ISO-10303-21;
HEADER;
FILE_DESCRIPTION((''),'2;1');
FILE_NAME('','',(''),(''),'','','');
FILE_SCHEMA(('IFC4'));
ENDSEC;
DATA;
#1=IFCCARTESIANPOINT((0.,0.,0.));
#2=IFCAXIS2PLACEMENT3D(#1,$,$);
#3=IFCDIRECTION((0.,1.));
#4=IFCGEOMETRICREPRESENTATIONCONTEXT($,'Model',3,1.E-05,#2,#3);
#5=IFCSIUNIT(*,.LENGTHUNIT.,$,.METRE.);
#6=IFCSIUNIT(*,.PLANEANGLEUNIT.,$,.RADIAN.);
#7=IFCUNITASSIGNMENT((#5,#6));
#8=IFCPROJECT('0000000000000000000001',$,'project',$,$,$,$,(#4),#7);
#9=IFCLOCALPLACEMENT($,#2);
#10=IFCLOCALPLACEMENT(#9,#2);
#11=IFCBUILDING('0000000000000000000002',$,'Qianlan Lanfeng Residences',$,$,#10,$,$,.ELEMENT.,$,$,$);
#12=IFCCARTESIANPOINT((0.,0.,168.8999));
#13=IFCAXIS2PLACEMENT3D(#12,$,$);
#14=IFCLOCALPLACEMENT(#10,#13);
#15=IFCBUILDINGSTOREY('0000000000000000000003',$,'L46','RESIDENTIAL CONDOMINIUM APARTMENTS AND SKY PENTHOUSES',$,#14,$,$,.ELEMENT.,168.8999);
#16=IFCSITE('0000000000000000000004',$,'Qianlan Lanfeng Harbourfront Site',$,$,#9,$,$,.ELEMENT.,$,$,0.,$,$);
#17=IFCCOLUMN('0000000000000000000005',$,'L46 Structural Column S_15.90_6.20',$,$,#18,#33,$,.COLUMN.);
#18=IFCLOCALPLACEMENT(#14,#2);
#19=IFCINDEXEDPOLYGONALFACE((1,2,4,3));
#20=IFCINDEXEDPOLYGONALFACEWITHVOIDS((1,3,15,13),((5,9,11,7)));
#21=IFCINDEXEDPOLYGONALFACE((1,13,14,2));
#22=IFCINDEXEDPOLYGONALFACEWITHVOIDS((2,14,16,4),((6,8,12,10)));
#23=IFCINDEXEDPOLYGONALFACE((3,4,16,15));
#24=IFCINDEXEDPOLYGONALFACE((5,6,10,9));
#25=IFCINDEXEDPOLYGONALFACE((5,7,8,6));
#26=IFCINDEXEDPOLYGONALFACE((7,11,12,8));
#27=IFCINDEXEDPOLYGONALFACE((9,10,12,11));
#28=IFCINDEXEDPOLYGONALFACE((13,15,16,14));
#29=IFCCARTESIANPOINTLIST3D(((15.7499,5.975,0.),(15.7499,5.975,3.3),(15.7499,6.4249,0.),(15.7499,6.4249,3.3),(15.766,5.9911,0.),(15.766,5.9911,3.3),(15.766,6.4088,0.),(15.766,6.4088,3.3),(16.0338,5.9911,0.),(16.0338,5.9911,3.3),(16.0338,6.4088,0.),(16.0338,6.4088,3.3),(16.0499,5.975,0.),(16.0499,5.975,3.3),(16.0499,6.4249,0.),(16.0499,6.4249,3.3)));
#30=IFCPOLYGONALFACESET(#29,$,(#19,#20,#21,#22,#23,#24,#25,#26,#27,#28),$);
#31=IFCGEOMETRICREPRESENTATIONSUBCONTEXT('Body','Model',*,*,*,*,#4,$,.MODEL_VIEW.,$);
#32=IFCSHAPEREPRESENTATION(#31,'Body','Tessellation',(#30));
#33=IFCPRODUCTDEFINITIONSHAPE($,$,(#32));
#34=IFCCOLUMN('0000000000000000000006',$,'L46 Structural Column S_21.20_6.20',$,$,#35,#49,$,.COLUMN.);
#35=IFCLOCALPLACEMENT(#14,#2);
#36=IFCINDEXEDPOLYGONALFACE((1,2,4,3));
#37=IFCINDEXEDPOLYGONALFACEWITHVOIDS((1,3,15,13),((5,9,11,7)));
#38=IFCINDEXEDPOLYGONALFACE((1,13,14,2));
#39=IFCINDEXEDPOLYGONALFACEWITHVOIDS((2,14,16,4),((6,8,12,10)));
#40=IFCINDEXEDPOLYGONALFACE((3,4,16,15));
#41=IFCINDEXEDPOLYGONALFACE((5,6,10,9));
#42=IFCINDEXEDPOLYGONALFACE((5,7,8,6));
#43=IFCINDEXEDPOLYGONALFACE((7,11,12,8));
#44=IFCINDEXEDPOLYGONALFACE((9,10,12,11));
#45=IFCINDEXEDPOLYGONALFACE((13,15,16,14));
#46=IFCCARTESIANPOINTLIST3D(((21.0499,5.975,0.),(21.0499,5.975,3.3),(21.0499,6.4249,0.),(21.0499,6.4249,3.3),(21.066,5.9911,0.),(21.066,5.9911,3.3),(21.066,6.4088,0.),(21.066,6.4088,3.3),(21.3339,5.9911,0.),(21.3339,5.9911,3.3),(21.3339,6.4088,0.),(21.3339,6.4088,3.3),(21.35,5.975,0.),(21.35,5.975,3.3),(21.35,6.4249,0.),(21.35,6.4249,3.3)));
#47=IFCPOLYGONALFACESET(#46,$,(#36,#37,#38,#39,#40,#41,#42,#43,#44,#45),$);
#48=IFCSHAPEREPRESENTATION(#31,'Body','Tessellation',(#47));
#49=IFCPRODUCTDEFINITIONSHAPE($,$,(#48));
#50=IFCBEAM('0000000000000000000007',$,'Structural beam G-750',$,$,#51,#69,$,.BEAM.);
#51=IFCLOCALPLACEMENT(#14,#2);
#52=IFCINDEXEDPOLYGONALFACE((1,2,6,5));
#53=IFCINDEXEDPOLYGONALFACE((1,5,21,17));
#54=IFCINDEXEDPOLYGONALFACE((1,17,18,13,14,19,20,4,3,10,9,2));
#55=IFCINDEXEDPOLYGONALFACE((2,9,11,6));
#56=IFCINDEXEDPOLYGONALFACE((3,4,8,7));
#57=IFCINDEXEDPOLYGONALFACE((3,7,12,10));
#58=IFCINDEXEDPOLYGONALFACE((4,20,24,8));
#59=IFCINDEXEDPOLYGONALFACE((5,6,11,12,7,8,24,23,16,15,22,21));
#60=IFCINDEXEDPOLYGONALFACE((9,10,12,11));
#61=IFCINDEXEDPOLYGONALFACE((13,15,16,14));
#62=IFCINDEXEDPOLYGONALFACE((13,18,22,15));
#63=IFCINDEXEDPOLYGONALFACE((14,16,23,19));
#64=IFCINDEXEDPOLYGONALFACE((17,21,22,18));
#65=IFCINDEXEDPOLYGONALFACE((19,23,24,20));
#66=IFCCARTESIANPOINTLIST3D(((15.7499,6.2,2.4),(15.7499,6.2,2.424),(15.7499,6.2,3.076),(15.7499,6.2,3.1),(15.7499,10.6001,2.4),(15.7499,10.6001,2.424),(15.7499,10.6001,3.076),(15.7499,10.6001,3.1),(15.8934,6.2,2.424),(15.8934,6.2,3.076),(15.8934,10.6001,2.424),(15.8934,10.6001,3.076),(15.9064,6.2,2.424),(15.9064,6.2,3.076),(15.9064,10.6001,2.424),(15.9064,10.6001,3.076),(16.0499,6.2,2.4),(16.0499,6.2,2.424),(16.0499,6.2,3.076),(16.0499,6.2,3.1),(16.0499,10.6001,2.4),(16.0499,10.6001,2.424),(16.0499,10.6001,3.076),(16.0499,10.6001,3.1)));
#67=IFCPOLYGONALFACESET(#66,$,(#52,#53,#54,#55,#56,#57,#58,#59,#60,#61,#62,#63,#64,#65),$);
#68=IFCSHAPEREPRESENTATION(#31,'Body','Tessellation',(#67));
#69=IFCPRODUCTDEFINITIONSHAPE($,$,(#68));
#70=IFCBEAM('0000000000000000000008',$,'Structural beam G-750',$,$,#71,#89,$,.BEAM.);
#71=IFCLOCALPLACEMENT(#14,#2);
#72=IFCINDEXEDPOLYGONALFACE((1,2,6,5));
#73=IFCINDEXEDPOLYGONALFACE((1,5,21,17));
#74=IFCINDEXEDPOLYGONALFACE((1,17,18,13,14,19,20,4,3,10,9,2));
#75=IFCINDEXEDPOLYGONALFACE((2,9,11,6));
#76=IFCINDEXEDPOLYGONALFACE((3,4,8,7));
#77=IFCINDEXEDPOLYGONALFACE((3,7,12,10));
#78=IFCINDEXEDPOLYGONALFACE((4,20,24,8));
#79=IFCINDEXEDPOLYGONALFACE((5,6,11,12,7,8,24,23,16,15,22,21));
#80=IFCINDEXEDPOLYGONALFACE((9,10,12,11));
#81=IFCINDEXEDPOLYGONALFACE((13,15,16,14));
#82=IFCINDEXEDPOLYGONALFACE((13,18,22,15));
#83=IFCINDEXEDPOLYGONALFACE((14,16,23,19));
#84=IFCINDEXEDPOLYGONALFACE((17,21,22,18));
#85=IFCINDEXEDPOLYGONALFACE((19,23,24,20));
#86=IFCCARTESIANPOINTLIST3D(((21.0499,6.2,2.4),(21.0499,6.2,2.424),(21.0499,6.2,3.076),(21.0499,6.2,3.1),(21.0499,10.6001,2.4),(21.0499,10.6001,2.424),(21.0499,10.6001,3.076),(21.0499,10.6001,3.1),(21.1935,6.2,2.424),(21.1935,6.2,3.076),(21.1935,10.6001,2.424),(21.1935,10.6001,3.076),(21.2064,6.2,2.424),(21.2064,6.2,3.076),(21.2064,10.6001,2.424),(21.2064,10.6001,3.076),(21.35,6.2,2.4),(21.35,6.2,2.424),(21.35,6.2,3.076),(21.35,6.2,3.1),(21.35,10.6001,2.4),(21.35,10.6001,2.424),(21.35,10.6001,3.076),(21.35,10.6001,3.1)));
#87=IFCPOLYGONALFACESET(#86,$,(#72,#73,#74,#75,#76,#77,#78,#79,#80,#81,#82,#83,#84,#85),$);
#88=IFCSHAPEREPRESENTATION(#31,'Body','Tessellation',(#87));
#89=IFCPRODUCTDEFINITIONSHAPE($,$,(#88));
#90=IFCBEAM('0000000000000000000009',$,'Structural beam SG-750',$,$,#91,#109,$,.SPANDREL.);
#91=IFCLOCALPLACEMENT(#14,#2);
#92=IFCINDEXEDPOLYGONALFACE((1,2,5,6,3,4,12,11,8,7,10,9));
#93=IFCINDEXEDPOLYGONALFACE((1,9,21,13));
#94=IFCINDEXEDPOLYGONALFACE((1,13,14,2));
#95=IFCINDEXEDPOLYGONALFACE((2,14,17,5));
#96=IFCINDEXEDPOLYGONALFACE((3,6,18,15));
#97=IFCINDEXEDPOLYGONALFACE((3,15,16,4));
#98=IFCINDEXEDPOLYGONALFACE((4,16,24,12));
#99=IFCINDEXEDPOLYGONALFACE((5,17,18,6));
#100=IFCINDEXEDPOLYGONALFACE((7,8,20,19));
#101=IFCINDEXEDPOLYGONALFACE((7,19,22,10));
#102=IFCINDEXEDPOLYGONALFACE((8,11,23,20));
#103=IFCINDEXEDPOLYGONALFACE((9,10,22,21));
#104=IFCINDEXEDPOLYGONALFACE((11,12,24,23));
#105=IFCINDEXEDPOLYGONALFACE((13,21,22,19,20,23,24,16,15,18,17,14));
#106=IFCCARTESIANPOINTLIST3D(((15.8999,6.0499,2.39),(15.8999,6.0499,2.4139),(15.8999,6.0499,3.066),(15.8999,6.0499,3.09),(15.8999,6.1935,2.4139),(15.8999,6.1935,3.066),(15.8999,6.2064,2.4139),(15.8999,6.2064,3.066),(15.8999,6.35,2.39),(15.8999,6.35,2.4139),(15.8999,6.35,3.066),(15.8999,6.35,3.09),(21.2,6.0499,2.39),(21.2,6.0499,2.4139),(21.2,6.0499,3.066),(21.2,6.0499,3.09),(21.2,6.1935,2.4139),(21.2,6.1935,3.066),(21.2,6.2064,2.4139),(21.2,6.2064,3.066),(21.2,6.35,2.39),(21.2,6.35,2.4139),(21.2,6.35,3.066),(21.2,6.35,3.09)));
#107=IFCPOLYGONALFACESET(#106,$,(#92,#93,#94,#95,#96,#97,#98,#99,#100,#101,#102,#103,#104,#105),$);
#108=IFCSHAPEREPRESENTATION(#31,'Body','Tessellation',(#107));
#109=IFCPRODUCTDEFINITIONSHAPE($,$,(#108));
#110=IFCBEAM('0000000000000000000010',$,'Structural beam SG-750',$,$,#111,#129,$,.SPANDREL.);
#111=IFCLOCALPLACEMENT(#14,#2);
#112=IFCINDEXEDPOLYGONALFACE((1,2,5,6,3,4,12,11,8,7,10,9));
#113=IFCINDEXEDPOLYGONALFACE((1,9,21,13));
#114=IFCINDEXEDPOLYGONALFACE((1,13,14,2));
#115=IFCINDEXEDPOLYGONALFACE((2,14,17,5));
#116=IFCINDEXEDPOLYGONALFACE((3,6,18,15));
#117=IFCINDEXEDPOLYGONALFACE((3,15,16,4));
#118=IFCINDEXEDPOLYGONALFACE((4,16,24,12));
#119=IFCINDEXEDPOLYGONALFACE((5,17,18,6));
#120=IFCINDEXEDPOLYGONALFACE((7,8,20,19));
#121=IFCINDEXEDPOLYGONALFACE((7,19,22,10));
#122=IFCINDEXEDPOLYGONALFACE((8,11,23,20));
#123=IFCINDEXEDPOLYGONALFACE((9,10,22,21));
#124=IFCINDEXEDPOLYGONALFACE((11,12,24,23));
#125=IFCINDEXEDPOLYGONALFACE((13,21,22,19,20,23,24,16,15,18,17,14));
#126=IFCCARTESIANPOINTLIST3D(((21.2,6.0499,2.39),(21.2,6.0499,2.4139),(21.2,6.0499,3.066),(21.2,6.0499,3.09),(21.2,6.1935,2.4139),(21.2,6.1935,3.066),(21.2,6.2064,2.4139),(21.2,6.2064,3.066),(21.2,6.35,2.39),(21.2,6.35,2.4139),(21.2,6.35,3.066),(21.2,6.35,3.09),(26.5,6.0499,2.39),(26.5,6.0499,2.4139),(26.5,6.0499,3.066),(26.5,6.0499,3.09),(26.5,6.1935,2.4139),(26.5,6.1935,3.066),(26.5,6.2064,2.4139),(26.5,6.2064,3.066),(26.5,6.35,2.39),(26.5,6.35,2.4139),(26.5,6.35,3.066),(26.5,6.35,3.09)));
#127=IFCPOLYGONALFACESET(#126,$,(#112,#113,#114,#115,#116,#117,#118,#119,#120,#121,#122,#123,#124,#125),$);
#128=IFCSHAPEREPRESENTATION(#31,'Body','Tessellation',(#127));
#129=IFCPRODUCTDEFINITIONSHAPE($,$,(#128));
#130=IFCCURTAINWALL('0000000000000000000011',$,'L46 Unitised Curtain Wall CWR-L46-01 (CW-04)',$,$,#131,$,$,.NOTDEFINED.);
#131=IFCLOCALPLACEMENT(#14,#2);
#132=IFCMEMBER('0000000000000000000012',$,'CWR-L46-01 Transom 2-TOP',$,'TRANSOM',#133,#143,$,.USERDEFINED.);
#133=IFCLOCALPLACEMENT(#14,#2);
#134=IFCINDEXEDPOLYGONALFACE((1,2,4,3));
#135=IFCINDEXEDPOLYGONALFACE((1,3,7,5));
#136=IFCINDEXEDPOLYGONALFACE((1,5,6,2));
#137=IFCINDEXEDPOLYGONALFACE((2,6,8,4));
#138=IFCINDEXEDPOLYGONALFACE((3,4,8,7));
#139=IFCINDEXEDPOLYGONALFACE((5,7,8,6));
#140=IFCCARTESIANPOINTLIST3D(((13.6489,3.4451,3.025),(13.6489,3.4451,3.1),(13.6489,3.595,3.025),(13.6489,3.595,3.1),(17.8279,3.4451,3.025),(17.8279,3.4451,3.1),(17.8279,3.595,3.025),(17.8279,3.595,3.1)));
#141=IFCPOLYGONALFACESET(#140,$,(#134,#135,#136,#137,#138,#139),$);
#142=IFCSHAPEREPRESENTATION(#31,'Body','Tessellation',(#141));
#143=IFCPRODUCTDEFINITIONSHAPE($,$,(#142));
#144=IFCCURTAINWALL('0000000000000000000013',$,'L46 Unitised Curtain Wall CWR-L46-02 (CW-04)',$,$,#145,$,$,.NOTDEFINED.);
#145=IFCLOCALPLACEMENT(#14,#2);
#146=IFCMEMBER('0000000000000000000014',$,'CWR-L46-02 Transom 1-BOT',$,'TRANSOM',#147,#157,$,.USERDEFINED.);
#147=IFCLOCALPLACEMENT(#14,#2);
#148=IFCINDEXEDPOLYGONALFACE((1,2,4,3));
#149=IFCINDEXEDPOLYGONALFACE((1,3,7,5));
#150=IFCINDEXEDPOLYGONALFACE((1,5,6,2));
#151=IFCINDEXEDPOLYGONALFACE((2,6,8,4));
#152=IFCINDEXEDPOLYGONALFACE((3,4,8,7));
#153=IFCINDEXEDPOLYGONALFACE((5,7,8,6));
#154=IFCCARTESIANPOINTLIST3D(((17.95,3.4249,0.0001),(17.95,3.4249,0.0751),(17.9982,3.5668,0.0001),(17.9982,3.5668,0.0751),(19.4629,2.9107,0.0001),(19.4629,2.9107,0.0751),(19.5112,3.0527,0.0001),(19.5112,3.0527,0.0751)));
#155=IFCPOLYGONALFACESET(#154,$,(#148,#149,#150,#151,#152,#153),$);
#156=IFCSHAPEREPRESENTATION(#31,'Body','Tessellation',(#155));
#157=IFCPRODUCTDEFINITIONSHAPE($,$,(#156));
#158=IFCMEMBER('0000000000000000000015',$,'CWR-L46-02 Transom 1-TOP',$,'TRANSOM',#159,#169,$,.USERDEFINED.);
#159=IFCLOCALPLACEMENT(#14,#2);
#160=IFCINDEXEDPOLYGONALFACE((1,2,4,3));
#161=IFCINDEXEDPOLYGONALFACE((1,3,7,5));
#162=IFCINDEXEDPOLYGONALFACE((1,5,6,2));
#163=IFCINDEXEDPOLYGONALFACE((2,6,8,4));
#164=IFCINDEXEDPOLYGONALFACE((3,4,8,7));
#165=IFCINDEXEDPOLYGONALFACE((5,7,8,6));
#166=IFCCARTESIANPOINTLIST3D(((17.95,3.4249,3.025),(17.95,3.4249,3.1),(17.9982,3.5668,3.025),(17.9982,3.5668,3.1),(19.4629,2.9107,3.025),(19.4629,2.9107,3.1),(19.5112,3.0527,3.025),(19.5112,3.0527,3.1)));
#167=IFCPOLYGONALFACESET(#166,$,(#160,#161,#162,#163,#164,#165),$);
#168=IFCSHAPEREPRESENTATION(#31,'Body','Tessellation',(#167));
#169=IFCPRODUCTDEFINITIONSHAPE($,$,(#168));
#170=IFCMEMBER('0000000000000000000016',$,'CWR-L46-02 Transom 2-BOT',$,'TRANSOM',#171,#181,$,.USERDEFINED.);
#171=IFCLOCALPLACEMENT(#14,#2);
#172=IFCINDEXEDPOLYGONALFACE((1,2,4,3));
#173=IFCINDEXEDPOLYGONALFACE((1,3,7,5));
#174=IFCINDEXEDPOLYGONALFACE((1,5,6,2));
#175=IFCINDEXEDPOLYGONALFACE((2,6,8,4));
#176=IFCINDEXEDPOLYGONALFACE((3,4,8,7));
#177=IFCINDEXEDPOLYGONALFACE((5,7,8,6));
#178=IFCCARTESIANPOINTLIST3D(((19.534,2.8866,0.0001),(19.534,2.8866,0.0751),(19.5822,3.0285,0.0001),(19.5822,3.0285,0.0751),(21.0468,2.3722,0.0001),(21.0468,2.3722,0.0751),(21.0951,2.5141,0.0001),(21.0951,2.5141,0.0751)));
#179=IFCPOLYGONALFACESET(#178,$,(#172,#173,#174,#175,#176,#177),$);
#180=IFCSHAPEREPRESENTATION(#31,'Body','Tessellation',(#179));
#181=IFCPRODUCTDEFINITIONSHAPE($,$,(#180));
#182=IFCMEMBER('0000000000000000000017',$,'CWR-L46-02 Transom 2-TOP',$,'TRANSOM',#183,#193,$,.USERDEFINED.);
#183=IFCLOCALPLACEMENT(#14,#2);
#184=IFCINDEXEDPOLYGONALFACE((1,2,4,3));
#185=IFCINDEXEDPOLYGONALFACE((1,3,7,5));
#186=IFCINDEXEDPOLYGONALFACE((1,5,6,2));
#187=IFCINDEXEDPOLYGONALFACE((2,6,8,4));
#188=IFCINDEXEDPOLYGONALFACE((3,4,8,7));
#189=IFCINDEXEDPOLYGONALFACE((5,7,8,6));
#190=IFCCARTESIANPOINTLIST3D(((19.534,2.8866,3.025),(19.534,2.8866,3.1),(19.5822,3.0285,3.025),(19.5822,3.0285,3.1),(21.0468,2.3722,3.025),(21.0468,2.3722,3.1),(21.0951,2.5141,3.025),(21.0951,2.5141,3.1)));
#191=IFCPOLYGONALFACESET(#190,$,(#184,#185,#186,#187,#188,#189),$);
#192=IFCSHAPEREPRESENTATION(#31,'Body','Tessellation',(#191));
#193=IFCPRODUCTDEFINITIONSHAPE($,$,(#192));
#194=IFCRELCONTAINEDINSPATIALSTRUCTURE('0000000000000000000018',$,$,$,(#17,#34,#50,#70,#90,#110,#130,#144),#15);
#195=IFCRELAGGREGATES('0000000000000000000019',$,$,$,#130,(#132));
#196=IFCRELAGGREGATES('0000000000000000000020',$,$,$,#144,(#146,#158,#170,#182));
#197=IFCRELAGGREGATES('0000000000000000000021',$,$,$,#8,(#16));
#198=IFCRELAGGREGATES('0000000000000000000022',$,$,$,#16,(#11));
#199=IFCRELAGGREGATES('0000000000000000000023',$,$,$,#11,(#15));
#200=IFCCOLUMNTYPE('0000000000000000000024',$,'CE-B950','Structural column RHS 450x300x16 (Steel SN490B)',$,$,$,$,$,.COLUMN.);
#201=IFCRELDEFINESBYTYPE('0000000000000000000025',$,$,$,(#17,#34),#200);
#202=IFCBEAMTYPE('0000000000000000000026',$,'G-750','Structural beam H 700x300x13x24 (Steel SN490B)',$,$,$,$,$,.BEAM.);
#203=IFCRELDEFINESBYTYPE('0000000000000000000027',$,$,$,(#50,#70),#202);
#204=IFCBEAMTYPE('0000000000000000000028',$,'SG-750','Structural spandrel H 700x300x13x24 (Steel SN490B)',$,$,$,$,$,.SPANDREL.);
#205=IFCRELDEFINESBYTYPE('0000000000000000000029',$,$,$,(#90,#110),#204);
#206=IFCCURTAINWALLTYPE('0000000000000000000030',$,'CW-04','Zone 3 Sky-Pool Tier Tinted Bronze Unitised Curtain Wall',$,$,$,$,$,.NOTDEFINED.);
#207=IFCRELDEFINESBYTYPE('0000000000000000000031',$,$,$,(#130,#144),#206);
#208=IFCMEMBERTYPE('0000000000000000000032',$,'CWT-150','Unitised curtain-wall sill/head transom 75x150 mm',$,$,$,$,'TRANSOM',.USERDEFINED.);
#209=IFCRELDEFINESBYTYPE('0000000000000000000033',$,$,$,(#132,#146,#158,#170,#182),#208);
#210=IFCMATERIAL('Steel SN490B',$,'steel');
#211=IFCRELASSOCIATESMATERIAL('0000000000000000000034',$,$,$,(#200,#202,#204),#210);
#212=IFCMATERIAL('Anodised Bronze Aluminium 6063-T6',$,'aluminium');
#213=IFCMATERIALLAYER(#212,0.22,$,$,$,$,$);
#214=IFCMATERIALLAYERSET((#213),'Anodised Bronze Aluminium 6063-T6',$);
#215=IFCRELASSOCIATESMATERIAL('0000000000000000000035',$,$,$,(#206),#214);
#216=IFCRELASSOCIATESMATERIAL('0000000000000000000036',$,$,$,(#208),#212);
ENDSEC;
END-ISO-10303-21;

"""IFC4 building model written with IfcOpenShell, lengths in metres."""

from ifc_helpers import new_model, si_unit, direction, frame, origin, origin_2d, place, context, subcontext, project, spatial, rectangle, hollow_rectangle, i_section, extrude, source, transform, mapped, material, layer, layer_set, material_profile, profile_set, type_object, element, aggregate, save


model = new_model("IFC4")

# Units and contexts
model_context = context("Model", 3, precision=1e-05, world=origin(), true_north=direction((0.0, 1.0)))
body_context = subcontext(model_context, "Body", "Model", "MODEL_VIEW")
ifc_project = project(units=[si_unit("LENGTHUNIT", "METRE"), si_unit("PLANEANGLEUNIT", "RADIAN")], contexts=[model_context])

# Site, building, storey
site_placement = place(None, origin())
site = spatial("IfcSite", under=ifc_project, at=site_placement, Name="Qianlan Lanfeng Harbourfront Site", CompositionType="ELEMENT", RefElevation=0.0)
building_placement = place(site_placement, origin())
building = spatial("IfcBuilding", under=site, at=building_placement, Name="Qianlan Lanfeng Residences", CompositionType="ELEMENT")
storey_placement = place(building_placement, frame((0.0, 0.0, 168.8999)))
storey = spatial("IfcBuildingStorey", under=building, at=storey_placement, Name="L46", Description="RESIDENTIAL CONDOMINIUM APARTMENTS AND SKY PENTHOUSES", CompositionType="ELEMENT", Elevation=168.8999)

# Columns
ifc_material_1 = material(Name="Steel SN490B", Category="steel")
ifc_material_profile_1 = material_profile(ifc_material_1, hollow_rectangle(XDim=0.3, YDim=0.45, WallThickness=0.0161, at=origin_2d()), Name="RHS 450x300x16")
ifc_profile_set_1 = profile_set([ifc_material_profile_1], Name="Steel SN490B")
column_type = type_object("IfcColumnType", Name="CE-B950", Description="Structural column RHS 450x300x16 (Steel SN490B)", PredefinedType="COLUMN", material=ifc_profile_set_1)
for number, where, z_axis, x_axis, name in (
    (1, (15.8999, 6.2, 0.0), (0.0, 0.0, 1.0), (1.0, 0.0, 0.0), "L46 Structural Column S_15.90_6.20"),
    (2, (21.2, 6.2, 0.0), (0.0, 0.0, 1.0), (1.0, 0.0, 0.0), "L46 Structural Column S_21.20_6.20"),
):
    element("IfcColumn", number, at=place(storey_placement, frame(where, z_axis=z_axis, x_axis=x_axis)), inside=storey, type_object=column_type, Name=name, PredefinedType="COLUMN", context=body_context, shape_type="SweptSolid", body=[
        extrude(hollow_rectangle(XDim=0.3, YDim=0.45, WallThickness=0.0161, at=origin_2d()), origin(), (0.0, 0.0, 1.0), 3.3),
    ])

# Beams
ifc_material_profile_2 = material_profile(ifc_material_1, i_section(OverallWidth=0.3, OverallDepth=0.7, WebThickness=0.0129, FlangeThickness=0.0239, at=origin_2d()), Name="H 700x300x13x24")
ifc_profile_set_2 = profile_set([ifc_material_profile_2], Name="Steel SN490B")
beam_type_1 = type_object("IfcBeamType", Name="G-750", Description="Structural beam H 700x300x13x24 (Steel SN490B)", PredefinedType="BEAM", material=ifc_profile_set_2)
for number, where, z_axis, x_axis, name in (
    (3, (15.8999, 6.2, 2.75), (0.0, 1.0, 0.0), (-1.0, 0.0, 0.0), "Structural beam G-750"),
    (4, (21.2, 6.2, 2.75), (0.0, 1.0, 0.0), (-1.0, 0.0, 0.0), "Structural beam G-750"),
):
    element("IfcBeam", number, at=place(storey_placement, frame(where, z_axis=z_axis, x_axis=x_axis)), inside=storey, type_object=beam_type_1, Name=name, PredefinedType="BEAM", context=body_context, shape_type="SweptSolid", body=[
        extrude(i_section(OverallWidth=0.3, OverallDepth=0.7, WebThickness=0.0129, FlangeThickness=0.0239, at=origin_2d()), origin(), (0.0, 0.0, 1.0), 4.4001),
    ])
ifc_material_profile_3 = material_profile(ifc_material_1, i_section(OverallWidth=0.3, OverallDepth=0.7, WebThickness=0.0129, FlangeThickness=0.0239, at=origin_2d()), Name="H 700x300x13x24")
ifc_profile_set_3 = profile_set([ifc_material_profile_3], Name="Steel SN490B")
beam_type_2 = type_object("IfcBeamType", Name="SG-750", Description="Structural spandrel H 700x300x13x24 (Steel SN490B)", PredefinedType="SPANDREL", material=ifc_profile_set_3)
for number, where, z_axis, x_axis, name in (
    (5, (15.8999, 6.2, 2.74), (1.0, 0.0, 0.0), (0.0, 1.0, 0.0), "Structural beam SG-750"),
    (6, (21.2, 6.2, 2.74), (1.0, 0.0, 0.0), (0.0, 1.0, 0.0), "Structural beam SG-750"),
):
    element("IfcBeam", number, at=place(storey_placement, frame(where, z_axis=z_axis, x_axis=x_axis)), inside=storey, type_object=beam_type_2, Name=name, PredefinedType="SPANDREL", context=body_context, shape_type="SweptSolid", body=[
        extrude(i_section(OverallWidth=0.3, OverallDepth=0.7, WebThickness=0.0129, FlangeThickness=0.0239, at=origin_2d()), origin(), (0.0, 0.0, 1.0), 5.3),
    ])

# Curtain wall, member
ifc_material_2 = material(Name="Anodised Bronze Aluminium 6063-T6", Category="aluminium")
ifc_layer_1 = layer(ifc_material_2, 0.22)
ifc_layer_set_1 = layer_set([ifc_layer_1], Name="Anodised Bronze Aluminium 6063-T6")
curtain_wall_type = type_object("IfcCurtainWallType", Name="CW-04", Description="Zone 3 Sky-Pool Tier Tinted Bronze Unitised Curtain Wall", PredefinedType="NOTDEFINED", material=ifc_layer_set_1)
curtain_wall_1_placement = place(storey_placement, origin())
curtain_wall_1 = element("IfcCurtainWall", 7, at=curtain_wall_1_placement, inside=storey, type_object=curtain_wall_type, Name="L46 Unitised Curtain Wall CWR-L46-01 (CW-04)", PredefinedType="NOTDEFINED")
ifc_material_profile_4 = material_profile(ifc_material_2, rectangle(XDim=0.075, YDim=0.1499, at=origin_2d()), Name="ALU TRANSOM 75x150")
ifc_profile_set_4 = profile_set([ifc_material_profile_4], Name="Anodised Bronze Aluminium 6063-T6")
member_type_1 = type_object("IfcMemberType", Name="CWT-150", Description="Unitised curtain-wall sill/head transom 75x150 mm", ElementType="TRANSOM", PredefinedType="USERDEFINED", material=ifc_profile_set_4)
shared_shape_1 = source(origin(), body_context, "Body", "SweptSolid", [
    extrude(rectangle(XDim=0.075, YDim=0.1499, at=origin_2d()), origin(), (0.0, 0.0, 1.0), 4.179),
])
member_1_placement = place(storey_placement, frame((13.6489, 3.52, 3.0625), z_axis=(1.0, 0.0, 0.0), x_axis=(0.0, 0.0, 1.0)))
member_1 = element("IfcMember", 8, at=member_1_placement, type_object=member_type_1, Name="CWR-L46-01 Transom 2-TOP", ObjectType="TRANSOM", PredefinedType="USERDEFINED", context=body_context, shape_type="MappedRepresentation", body=[
    mapped(shared_shape_1, transform((0.0, 0.0, 0.0), scale=1.0)),
])

# Curtain wall, members
curtain_wall_2_placement = place(storey_placement, origin())
curtain_wall_2 = element("IfcCurtainWall", 9, at=curtain_wall_2_placement, inside=storey, type_object=curtain_wall_type, Name="L46 Unitised Curtain Wall CWR-L46-02 (CW-04)", PredefinedType="NOTDEFINED")
shared_shape_2 = source(origin(), body_context, "Body", "SweptSolid", [
    extrude(rectangle(XDim=0.075, YDim=0.1499, at=origin_2d()), origin(), (0.0, 0.0, 1.0), 1.5979),
])
member_2_placement = place(storey_placement, frame((17.9741, 3.4958, 0.0376), z_axis=(0.946818, -0.321769, 0.0), x_axis=(0.0, 0.0, 1.0)))
member_2 = element("IfcMember", 10, at=member_2_placement, type_object=member_type_1, Name="CWR-L46-02 Transom 1-BOT", ObjectType="TRANSOM", PredefinedType="USERDEFINED", context=body_context, shape_type="MappedRepresentation", body=[
    mapped(shared_shape_2, transform((0.0, 0.0, 0.0), scale=1.0)),
])
member_3_placement = place(storey_placement, frame((17.9741, 3.4958, 3.0625), z_axis=(0.946818, -0.321769, 0.0), x_axis=(0.0, 0.0, 1.0)))
member_3 = element("IfcMember", 11, at=member_3_placement, type_object=member_type_1, Name="CWR-L46-02 Transom 1-TOP", ObjectType="TRANSOM", PredefinedType="USERDEFINED", context=body_context, shape_type="MappedRepresentation", body=[
    mapped(shared_shape_2, transform((0.0, 0.0, 0.0), scale=1.0)),
])
member_4_placement = place(storey_placement, frame((19.5581, 2.9575, 0.0376), z_axis=(0.946772, -0.321905, 0.0), x_axis=(0.0, 0.0, 1.0)))
member_4 = element("IfcMember", 12, at=member_4_placement, type_object=member_type_1, Name="CWR-L46-02 Transom 2-BOT", ObjectType="TRANSOM", PredefinedType="USERDEFINED", context=body_context, shape_type="MappedRepresentation", body=[
    mapped(shared_shape_2, transform((0.0, 0.0, 0.0), scale=1.0)),
])
member_5_placement = place(storey_placement, frame((19.5581, 2.9575, 3.0625), z_axis=(0.946772, -0.321905, 0.0), x_axis=(0.0, 0.0, 1.0)))
member_5 = element("IfcMember", 13, at=member_5_placement, type_object=member_type_1, Name="CWR-L46-02 Transom 2-TOP", ObjectType="TRANSOM", PredefinedType="USERDEFINED", context=body_context, shape_type="MappedRepresentation", body=[
    mapped(shared_shape_2, transform((0.0, 0.0, 0.0), scale=1.0)),
])

aggregate(curtain_wall_1, [member_1])
aggregate(curtain_wall_2, [member_2, member_3, member_4, member_5])

save(model, "model.ifc")
